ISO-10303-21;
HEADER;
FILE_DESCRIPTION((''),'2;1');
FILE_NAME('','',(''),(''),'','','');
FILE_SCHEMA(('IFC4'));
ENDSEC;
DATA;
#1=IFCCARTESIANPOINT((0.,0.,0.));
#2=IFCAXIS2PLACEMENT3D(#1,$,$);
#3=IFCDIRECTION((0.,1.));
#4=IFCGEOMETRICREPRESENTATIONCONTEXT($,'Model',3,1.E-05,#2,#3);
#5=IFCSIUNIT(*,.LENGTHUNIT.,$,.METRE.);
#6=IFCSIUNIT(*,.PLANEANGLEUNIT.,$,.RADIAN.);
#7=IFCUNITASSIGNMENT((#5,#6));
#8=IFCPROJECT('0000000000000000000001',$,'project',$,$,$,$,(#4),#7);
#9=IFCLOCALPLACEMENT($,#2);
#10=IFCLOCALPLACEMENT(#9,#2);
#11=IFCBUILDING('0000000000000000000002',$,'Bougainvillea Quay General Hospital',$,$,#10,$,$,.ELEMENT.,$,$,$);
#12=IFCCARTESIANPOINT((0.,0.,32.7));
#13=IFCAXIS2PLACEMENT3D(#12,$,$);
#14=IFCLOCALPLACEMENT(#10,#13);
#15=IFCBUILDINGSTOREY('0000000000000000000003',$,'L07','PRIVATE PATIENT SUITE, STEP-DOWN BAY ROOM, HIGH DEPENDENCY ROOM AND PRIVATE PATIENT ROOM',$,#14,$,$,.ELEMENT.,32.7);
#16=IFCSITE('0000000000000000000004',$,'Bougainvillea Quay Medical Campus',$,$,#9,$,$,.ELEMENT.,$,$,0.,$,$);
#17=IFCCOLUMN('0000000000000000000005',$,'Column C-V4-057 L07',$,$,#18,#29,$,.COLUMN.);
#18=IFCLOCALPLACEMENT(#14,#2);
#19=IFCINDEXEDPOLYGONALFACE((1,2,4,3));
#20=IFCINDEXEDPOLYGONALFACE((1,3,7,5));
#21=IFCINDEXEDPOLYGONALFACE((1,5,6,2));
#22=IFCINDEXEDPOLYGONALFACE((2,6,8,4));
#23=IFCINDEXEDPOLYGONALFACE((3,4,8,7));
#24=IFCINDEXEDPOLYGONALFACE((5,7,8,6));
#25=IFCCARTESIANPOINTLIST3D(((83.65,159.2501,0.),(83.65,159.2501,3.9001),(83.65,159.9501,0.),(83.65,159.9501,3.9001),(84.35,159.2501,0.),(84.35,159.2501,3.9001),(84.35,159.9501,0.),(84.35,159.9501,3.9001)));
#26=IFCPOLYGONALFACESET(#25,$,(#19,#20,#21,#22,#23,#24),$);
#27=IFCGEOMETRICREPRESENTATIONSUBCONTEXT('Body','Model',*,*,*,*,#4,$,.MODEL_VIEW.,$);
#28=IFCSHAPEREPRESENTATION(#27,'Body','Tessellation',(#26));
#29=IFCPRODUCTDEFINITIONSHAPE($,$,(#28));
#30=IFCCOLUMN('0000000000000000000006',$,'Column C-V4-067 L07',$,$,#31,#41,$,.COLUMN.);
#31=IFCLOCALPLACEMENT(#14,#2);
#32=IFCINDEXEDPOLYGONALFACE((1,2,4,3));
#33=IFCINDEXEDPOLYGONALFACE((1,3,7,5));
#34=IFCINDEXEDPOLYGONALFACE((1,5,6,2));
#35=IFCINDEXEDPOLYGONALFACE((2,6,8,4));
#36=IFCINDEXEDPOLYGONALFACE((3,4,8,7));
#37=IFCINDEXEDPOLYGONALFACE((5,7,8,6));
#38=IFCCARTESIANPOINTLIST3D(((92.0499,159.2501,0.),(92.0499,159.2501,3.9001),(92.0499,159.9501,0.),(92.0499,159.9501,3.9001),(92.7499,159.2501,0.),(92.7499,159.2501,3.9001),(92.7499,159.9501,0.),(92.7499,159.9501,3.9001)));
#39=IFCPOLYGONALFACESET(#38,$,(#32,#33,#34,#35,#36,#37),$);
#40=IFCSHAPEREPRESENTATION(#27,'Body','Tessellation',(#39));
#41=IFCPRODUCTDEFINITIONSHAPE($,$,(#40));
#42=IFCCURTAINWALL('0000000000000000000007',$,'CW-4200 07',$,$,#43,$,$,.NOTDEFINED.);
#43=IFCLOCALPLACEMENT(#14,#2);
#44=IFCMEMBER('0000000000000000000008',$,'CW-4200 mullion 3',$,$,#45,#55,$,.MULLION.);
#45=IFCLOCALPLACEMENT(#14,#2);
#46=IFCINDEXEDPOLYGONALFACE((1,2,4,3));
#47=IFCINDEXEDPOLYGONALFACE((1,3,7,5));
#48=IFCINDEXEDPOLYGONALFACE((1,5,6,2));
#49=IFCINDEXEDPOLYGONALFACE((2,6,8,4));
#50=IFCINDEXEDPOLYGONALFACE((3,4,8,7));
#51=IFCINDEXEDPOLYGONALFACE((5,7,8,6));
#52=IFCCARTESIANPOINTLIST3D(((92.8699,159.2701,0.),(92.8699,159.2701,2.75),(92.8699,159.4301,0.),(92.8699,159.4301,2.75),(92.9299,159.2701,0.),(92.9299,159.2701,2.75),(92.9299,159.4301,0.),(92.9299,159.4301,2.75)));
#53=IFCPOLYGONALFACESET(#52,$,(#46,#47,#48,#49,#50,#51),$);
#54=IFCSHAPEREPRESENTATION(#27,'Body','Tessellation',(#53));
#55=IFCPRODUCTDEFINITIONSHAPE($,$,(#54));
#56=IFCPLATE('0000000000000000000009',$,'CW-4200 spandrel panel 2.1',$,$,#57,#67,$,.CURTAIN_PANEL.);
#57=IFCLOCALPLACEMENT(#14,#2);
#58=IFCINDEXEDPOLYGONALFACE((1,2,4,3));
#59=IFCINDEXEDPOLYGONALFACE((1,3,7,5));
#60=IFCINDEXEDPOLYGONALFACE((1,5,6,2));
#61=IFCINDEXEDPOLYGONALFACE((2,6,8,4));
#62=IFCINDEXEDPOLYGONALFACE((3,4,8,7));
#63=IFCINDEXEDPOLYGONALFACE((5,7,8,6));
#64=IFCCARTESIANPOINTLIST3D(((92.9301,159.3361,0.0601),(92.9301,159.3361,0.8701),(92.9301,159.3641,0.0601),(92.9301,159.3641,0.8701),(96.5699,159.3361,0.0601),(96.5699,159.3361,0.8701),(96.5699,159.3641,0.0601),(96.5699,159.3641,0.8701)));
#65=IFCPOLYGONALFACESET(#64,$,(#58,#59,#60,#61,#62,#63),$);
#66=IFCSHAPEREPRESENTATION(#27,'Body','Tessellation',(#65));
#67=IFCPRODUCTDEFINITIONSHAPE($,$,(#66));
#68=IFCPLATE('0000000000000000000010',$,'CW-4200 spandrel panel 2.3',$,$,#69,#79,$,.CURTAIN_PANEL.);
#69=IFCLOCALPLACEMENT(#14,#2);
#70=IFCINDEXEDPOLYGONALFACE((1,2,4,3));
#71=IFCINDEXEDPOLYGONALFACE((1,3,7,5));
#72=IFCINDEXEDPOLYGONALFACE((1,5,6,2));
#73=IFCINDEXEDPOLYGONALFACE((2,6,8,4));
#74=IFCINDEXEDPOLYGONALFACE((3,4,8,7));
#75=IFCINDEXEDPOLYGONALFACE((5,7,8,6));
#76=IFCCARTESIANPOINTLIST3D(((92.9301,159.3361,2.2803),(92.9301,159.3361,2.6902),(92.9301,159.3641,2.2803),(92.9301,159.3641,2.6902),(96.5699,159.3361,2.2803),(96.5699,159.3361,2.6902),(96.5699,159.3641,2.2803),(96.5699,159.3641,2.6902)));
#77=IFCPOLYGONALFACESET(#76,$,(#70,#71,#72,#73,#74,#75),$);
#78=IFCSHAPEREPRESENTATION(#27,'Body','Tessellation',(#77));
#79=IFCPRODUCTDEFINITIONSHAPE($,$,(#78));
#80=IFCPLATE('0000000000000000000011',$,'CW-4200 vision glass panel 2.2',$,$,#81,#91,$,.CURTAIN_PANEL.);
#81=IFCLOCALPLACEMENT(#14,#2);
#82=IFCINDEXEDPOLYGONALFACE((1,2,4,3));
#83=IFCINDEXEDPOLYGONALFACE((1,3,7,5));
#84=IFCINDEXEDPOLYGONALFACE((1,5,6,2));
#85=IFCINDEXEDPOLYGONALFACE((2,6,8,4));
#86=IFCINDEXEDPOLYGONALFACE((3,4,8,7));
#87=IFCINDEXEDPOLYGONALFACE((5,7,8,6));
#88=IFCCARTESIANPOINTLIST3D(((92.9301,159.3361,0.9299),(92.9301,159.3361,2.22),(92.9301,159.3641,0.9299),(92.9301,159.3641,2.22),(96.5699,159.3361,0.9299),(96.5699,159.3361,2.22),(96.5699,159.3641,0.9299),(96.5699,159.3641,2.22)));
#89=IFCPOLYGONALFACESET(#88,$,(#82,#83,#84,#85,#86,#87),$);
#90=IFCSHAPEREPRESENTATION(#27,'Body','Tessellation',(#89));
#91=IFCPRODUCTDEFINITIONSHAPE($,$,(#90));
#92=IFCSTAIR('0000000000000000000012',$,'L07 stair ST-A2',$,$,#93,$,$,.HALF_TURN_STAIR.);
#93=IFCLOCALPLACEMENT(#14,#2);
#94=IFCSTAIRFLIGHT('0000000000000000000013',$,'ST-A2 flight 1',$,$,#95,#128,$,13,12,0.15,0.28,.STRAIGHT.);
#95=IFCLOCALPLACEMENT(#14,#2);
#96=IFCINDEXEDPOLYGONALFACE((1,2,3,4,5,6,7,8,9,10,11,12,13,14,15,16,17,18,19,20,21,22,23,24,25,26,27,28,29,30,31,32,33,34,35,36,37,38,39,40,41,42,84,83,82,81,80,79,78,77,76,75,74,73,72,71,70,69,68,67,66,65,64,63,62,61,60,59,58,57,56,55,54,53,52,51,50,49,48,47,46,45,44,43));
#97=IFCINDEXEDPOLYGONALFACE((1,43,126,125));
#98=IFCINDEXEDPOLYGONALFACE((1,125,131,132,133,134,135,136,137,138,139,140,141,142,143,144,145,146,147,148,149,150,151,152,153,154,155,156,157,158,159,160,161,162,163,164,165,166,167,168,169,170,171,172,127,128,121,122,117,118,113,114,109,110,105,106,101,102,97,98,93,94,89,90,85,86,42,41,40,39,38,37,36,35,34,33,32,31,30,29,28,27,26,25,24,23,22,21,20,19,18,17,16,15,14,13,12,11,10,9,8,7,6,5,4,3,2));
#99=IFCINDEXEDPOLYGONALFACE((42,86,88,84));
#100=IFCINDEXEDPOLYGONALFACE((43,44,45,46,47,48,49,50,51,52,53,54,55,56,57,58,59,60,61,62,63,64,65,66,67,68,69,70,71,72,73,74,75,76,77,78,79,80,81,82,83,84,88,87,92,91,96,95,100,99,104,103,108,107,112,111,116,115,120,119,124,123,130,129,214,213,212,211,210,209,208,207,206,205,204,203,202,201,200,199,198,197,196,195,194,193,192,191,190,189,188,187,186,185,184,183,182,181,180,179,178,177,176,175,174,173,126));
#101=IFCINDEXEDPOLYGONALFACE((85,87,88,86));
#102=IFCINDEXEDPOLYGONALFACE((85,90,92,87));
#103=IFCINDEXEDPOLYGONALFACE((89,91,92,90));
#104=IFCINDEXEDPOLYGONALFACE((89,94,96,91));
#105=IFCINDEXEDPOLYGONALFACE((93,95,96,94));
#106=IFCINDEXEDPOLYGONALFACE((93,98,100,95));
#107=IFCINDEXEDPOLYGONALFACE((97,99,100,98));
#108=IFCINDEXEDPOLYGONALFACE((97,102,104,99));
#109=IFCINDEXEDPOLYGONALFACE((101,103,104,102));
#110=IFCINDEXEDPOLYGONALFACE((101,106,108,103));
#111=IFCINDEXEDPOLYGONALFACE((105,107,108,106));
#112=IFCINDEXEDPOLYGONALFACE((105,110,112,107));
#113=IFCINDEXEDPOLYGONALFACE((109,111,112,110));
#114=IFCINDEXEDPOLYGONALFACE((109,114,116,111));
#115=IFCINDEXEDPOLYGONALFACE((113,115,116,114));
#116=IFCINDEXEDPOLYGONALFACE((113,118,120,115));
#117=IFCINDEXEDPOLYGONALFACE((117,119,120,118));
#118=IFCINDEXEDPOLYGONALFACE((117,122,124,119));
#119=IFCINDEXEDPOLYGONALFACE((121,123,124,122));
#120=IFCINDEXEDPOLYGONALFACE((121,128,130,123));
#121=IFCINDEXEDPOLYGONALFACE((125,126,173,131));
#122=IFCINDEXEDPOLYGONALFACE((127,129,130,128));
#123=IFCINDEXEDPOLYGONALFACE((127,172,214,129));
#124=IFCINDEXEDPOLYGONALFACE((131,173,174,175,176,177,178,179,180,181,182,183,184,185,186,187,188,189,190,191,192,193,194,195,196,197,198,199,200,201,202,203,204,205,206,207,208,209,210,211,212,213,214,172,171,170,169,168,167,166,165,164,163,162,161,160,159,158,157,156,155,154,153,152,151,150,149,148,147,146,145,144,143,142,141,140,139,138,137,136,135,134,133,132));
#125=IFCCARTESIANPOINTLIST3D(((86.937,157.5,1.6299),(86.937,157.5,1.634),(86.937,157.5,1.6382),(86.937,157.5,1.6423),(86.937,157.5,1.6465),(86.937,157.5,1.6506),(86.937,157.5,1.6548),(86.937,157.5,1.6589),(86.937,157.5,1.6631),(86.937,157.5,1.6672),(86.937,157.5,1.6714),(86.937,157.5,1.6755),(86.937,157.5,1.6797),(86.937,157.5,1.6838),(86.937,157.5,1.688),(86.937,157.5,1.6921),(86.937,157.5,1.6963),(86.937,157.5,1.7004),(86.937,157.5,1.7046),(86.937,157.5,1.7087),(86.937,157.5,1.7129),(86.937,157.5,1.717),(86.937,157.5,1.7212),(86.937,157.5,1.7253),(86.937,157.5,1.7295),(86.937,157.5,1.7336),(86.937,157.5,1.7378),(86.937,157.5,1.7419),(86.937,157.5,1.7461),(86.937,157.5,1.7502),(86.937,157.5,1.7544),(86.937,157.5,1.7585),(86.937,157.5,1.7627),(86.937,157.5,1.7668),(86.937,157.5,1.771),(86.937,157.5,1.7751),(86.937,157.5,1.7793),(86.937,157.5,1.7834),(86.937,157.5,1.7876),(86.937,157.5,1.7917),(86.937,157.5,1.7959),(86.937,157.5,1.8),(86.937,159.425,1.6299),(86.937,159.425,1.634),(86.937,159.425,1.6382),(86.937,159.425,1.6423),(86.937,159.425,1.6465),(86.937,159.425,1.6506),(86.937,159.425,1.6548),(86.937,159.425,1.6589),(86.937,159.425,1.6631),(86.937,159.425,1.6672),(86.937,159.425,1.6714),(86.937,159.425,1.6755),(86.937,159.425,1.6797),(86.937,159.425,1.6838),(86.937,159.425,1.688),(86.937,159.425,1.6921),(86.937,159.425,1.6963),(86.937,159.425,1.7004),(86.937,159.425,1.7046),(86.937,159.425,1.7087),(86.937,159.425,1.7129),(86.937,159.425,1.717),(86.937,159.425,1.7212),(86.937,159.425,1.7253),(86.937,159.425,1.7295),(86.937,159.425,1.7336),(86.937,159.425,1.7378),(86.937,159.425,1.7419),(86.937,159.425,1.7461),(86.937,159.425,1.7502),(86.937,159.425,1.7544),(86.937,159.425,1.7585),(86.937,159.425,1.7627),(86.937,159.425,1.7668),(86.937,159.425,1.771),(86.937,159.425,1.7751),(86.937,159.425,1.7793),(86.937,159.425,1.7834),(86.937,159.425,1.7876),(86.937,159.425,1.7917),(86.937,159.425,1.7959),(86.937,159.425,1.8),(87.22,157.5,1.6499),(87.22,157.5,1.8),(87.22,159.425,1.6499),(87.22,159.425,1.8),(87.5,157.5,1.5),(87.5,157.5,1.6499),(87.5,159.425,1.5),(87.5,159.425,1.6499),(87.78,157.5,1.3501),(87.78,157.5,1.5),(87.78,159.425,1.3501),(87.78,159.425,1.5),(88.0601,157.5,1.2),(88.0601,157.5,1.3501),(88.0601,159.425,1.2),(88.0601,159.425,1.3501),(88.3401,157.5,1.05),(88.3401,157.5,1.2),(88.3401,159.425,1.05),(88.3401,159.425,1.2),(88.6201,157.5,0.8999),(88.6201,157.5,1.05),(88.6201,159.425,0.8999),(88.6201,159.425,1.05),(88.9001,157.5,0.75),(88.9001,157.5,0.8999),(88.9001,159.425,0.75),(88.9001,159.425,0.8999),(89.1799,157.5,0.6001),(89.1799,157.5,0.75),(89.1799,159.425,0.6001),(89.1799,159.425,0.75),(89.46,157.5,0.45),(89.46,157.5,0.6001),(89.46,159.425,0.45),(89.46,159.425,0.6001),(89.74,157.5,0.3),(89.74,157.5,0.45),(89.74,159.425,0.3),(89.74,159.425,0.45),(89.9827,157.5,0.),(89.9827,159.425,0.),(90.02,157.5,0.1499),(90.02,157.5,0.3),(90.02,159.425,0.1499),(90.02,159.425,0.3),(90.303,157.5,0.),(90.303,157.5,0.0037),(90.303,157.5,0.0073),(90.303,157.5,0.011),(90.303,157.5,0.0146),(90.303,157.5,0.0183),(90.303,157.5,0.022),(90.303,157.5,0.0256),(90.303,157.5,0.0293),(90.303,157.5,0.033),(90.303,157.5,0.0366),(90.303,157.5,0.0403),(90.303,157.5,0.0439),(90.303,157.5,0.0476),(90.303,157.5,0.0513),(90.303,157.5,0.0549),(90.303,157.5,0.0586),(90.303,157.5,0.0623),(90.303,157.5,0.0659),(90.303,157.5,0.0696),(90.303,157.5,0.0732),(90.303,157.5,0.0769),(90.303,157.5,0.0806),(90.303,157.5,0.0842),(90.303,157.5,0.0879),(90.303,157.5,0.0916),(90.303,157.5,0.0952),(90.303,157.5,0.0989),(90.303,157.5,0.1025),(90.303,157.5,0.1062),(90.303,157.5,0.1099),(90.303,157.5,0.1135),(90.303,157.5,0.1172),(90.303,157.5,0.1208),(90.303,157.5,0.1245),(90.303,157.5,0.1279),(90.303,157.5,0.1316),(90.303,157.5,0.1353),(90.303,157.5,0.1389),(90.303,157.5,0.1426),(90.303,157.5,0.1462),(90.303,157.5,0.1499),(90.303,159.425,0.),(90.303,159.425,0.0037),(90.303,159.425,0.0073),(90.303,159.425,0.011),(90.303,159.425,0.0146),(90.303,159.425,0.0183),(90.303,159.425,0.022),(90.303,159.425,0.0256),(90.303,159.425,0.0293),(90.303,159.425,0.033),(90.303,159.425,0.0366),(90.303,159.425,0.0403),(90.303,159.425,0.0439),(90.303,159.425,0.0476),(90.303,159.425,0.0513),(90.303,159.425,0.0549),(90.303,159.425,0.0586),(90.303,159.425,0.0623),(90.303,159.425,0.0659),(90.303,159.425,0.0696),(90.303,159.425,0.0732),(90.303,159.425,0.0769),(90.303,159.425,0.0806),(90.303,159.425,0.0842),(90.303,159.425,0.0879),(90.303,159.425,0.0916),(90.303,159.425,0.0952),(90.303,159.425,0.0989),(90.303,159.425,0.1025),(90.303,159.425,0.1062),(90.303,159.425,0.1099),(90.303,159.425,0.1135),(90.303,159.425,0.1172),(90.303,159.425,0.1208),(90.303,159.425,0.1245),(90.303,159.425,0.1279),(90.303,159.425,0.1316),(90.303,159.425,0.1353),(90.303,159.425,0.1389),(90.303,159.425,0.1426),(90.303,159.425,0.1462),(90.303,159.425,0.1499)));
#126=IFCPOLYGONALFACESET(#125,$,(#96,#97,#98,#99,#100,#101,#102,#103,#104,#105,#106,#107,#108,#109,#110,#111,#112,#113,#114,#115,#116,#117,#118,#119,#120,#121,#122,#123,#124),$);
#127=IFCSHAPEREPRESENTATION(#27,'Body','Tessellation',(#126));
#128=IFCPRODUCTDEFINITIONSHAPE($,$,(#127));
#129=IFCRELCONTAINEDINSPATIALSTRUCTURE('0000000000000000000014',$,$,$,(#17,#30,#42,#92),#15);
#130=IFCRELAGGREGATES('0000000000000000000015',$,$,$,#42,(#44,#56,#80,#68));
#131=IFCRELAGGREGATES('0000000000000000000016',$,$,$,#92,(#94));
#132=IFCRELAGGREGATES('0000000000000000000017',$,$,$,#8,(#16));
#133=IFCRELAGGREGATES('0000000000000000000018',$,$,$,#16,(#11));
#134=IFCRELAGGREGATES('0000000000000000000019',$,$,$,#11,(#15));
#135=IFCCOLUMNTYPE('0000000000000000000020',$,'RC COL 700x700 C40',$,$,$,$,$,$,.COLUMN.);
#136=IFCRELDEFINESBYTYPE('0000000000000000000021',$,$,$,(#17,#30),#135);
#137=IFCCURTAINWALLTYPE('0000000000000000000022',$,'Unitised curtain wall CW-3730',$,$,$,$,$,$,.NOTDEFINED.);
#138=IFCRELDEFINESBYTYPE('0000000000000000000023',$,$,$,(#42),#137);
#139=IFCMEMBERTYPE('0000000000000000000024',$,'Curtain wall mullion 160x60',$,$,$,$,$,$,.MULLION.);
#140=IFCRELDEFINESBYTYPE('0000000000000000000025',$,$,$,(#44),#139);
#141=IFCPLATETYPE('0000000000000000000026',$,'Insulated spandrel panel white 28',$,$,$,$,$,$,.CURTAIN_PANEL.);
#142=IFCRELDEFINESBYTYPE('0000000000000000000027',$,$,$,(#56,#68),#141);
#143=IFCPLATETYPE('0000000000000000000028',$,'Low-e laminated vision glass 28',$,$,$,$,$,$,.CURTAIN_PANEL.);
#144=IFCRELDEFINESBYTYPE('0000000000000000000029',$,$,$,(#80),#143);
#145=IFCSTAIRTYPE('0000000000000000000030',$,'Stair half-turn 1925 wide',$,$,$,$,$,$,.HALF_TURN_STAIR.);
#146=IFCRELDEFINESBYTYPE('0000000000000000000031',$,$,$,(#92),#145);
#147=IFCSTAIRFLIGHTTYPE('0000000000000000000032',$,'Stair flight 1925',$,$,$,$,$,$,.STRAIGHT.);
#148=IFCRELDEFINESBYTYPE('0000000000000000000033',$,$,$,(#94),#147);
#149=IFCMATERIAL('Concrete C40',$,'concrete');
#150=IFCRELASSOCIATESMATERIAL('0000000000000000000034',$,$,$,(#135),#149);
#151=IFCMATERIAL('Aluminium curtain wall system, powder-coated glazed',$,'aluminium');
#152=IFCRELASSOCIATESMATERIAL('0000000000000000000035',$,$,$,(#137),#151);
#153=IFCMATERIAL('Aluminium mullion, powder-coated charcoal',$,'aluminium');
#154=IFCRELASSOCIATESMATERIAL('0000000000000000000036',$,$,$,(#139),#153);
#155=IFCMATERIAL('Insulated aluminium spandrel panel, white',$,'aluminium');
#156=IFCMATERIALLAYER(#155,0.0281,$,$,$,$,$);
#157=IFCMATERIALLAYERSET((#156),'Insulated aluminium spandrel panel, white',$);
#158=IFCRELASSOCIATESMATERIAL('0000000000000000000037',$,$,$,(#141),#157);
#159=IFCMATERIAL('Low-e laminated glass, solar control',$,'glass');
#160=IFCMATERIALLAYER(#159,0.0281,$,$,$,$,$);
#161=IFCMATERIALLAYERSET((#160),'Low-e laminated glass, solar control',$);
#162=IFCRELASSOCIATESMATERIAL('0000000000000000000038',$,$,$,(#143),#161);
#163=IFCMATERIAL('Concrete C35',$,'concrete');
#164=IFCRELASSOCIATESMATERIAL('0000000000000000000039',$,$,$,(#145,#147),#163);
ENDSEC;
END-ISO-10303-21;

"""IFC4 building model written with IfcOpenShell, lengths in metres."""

from ifc_helpers import new_model, si_unit, direction, frame, origin, origin_2d, place, context, subcontext, project, spatial, polyline, rectangle, outline, extrude, material, layer, layer_set, material_profile, profile_set, type_object, element, aggregate, save


model = new_model("IFC4")

# Units and contexts
model_context = context("Model", 3, precision=1e-05, world=origin(), true_north=direction((0.0, 1.0)))
body_context = subcontext(model_context, "Body", "Model", "MODEL_VIEW")
ifc_project = project(units=[si_unit("LENGTHUNIT", "METRE"), si_unit("PLANEANGLEUNIT", "RADIAN")], contexts=[model_context])

# Site, building, storey
site_placement = place(None, origin())
site = spatial("IfcSite", under=ifc_project, at=site_placement, Name="Bougainvillea Quay Medical Campus", CompositionType="ELEMENT", RefElevation=0.0)
building_placement = place(site_placement, origin())
building = spatial("IfcBuilding", under=site, at=building_placement, Name="Bougainvillea Quay General Hospital", CompositionType="ELEMENT")
storey_placement = place(building_placement, frame((0.0, 0.0, 32.7)))
storey = spatial("IfcBuildingStorey", under=building, at=storey_placement, Name="L07", Description="PRIVATE PATIENT SUITE, STEP-DOWN BAY ROOM, HIGH DEPENDENCY ROOM AND PRIVATE PATIENT ROOM", CompositionType="ELEMENT", Elevation=32.7)

# Columns
ifc_material_1 = material(Name="Concrete C40", Category="concrete")
ifc_material_profile_1 = material_profile(ifc_material_1, rectangle(XDim=0.7, YDim=0.7, at=origin_2d()))
ifc_profile_set_1 = profile_set([ifc_material_profile_1], Name="Concrete C40")
column_type = type_object("IfcColumnType", Name="RC COL 700x700 C40", PredefinedType="COLUMN", material=ifc_profile_set_1)
for number, where, z_axis, x_axis, name in (
    (1, (84.0, 159.6001, 0.0), (0.0, 0.0, 1.0), (1.0, 0.0, 0.0), "Column C-V4-057 L07"),
    (2, (92.3999, 159.6001, 0.0), (0.0, 0.0, 1.0), (1.0, 0.0, 0.0), "Column C-V4-067 L07"),
):
    element("IfcColumn", number, at=place(storey_placement, frame(where, z_axis=z_axis, x_axis=x_axis)), inside=storey, type_object=column_type, Name=name, PredefinedType="COLUMN", context=body_context, shape_type="SweptSolid", body=[
        extrude(rectangle(XDim=0.7, YDim=0.7, at=origin_2d()), origin(), (0.0, 0.0, 1.0), 3.9001),
    ])

# Curtain wall, member, plates
ifc_material_2 = material(Name="Aluminium curtain wall system, powder-coated glazed", Category="aluminium")
curtain_wall_type = type_object("IfcCurtainWallType", Name="Unitised curtain wall CW-3730", PredefinedType="NOTDEFINED", material=ifc_material_2)
curtain_wall_placement = place(storey_placement, origin())
curtain_wall = element("IfcCurtainWall", 3, at=curtain_wall_placement, inside=storey, type_object=curtain_wall_type, Name="CW-4200 07", PredefinedType="NOTDEFINED")
ifc_material_3 = material(Name="Aluminium mullion, powder-coated charcoal", Category="aluminium")
ifc_material_profile_2 = material_profile(ifc_material_3, rectangle(XDim=0.1599, YDim=0.0601, at=origin_2d()))
ifc_profile_set_2 = profile_set([ifc_material_profile_2], Name="Aluminium mullion, powder-coated charcoal")
member_type = type_object("IfcMemberType", Name="Curtain wall mullion 160x60", PredefinedType="MULLION", material=ifc_profile_set_2)
member_placement = place(storey_placement, frame((92.8999, 159.3501, 0.0), z_axis=(0.0, 0.0, 1.0), x_axis=(0.0, -1.0, 0.0)))
member = element("IfcMember", 4, at=member_placement, type_object=member_type, Name="CW-4200 mullion 3", PredefinedType="MULLION", context=body_context, shape_type="SweptSolid", body=[
    extrude(rectangle(XDim=0.1599, YDim=0.0601, at=origin_2d()), origin(), (0.0, 0.0, 1.0), 2.75),
])
ifc_material_4 = material(Name="Insulated aluminium spandrel panel, white", Category="aluminium")
ifc_layer_1 = layer(ifc_material_4, 0.0281)
ifc_layer_set_1 = layer_set([ifc_layer_1], Name="Insulated aluminium spandrel panel, white")
plate_type_1 = type_object("IfcPlateType", Name="Insulated spandrel panel white 28", PredefinedType="CURTAIN_PANEL", material=ifc_layer_set_1)
plate_1_placement = place(storey_placement, frame((94.75, 159.3501, 0.0601), z_axis=(0.0, 0.0, 1.0), x_axis=(-1.0, 0.0, 0.0)))
plate_1 = element("IfcPlate", 5, at=plate_1_placement, type_object=plate_type_1, Name="CW-4200 spandrel panel 2.1", PredefinedType="CURTAIN_PANEL", context=body_context, shape_type="SweptSolid", body=[
    extrude(rectangle(XDim=3.6399, YDim=0.0281, at=origin_2d()), origin(), (0.0, 0.0, 1.0), 0.8101),
])
plate_2_placement = place(storey_placement, frame((94.75, 159.3501, 2.2803), z_axis=(0.0, 0.0, 1.0), x_axis=(-1.0, 0.0, 0.0)))
plate_2 = element("IfcPlate", 6, at=plate_2_placement, type_object=plate_type_1, Name="CW-4200 spandrel panel 2.3", PredefinedType="CURTAIN_PANEL", context=body_context, shape_type="SweptSolid", body=[
    extrude(rectangle(XDim=3.6399, YDim=0.0281, at=origin_2d()), origin(), (0.0, 0.0, 1.0), 0.4099),
])
ifc_material_5 = material(Name="Low-e laminated glass, solar control", Category="glass")
ifc_layer_2 = layer(ifc_material_5, 0.0281)
ifc_layer_set_2 = layer_set([ifc_layer_2], Name="Low-e laminated glass, solar control")
plate_type_2 = type_object("IfcPlateType", Name="Low-e laminated vision glass 28", PredefinedType="CURTAIN_PANEL", material=ifc_layer_set_2)
plate_3_placement = place(storey_placement, frame((94.75, 159.3501, 0.9299), z_axis=(0.0, 0.0, 1.0), x_axis=(-1.0, 0.0, 0.0)))
plate_3 = element("IfcPlate", 7, at=plate_3_placement, type_object=plate_type_2, Name="CW-4200 vision glass panel 2.2", PredefinedType="CURTAIN_PANEL", context=body_context, shape_type="SweptSolid", body=[
    extrude(rectangle(XDim=3.6399, YDim=0.0281, at=origin_2d()), origin(), (0.0, 0.0, 1.0), 1.29),
])
aggregate(curtain_wall, [member, plate_1, plate_3, plate_2])

# Stair, stair flight
ifc_material_6 = material(Name="Concrete C35", Category="concrete")
stair_type = type_object("IfcStairType", Name="Stair half-turn 1925 wide", PredefinedType="HALF_TURN_STAIR", material=ifc_material_6)
stair_placement = place(storey_placement, origin())
stair = element("IfcStair", 8, at=stair_placement, inside=storey, type_object=stair_type, Name="L07 stair ST-A2", PredefinedType="HALF_TURN_STAIR")
stair_flight_type = type_object("IfcStairFlightType", Name="Stair flight 1925", PredefinedType="STRAIGHT", material=ifc_material_6)
stair_flight_placement = place(storey_placement, frame((90.3, 158.4624, 0.0), z_axis=(0.0, 0.0, 1.0), x_axis=(-1.0, 0.0, 0.0)))
stair_flight = element("IfcStairFlight", 9, at=stair_flight_placement, type_object=stair_flight_type, Name="ST-A2 flight 1", NumberOfRisers=13, NumberOfTreads=12, PredefinedType="STRAIGHT", RiserHeight=0.15, TreadLength=0.28, context=body_context, shape_type="SweptSolid", body=[
    extrude(outline(polyline([(-0.0029, 0.0), (-0.0029, 0.0037), (-0.0029, 0.0073), (-0.0029, 0.011), (-0.0029, 0.0146), (-0.0029, 0.0183), (-0.0029, 0.022), (-0.0029, 0.0256), (-0.0029, 0.0293), (-0.0029, 0.033), (-0.0029, 0.0366), (-0.0029, 0.0403), (-0.0029, 0.0439), (-0.0029, 0.0476), (-0.0029, 0.0513), (-0.0029, 0.0549), (-0.0029, 0.0586), (-0.0029, 0.0623), (-0.0029, 0.0659), (-0.0029, 0.0696), (-0.0029, 0.0732), (-0.0029, 0.0769), (-0.0029, 0.0806), (-0.0029, 0.0842), (-0.0029, 0.0879), (-0.0029, 0.0916), (-0.0029, 0.0952), (-0.0029, 0.0989), (-0.0029, 0.1025), (-0.0029, 0.1062), (-0.0029, 0.1099), (-0.0029, 0.1135), (-0.0029, 0.1172), (-0.0029, 0.1208), (-0.0029, 0.1245), (-0.0029, 0.1279), (-0.0029, 0.1316), (-0.0029, 0.1353), (-0.0029, 0.1389), (-0.0029, 0.1426), (-0.0029, 0.1462), (-0.0029, 0.1499), (0.28, 0.1499), (0.28, 0.3), (0.5601, 0.3), (0.5601, 0.45), (0.8401, 0.45), (0.8401, 0.6001), (1.1201, 0.6001), (1.1201, 0.75), (1.3999, 0.75), (1.3999, 0.8999), (1.6799, 0.8999), (1.6799, 1.05), (1.96, 1.05), (1.96, 1.2), (2.24, 1.2), (2.24, 1.3501), (2.52, 1.3501), (2.52, 1.5), (2.8, 1.5), (2.8, 1.6499), (3.0801, 1.6499), (3.0801, 1.8), (3.363, 1.8), (3.363, 1.7959), (3.363, 1.7917), (3.363, 1.7876), (3.363, 1.7834), (3.363, 1.7793), (3.363, 1.7751), (3.363, 1.771), (3.363, 1.7668), (3.363, 1.7627), (3.363, 1.7585), (3.363, 1.7544), (3.363, 1.7502), (3.363, 1.7461), (3.363, 1.7419), (3.363, 1.7378), (3.363, 1.7336), (3.363, 1.7295), (3.363, 1.7253), (3.363, 1.7212), (3.363, 1.717), (3.363, 1.7129), (3.363, 1.7087), (3.363, 1.7046), (3.363, 1.7004), (3.363, 1.6963), (3.363, 1.6921), (3.363, 1.688), (3.363, 1.6838), (3.363, 1.6797), (3.363, 1.6755), (3.363, 1.6714), (3.363, 1.6672), (3.363, 1.6631), (3.363, 1.6589), (3.363, 1.6548), (3.363, 1.6506), (3.363, 1.6465), (3.363, 1.6423), (3.363, 1.6382), (3.363, 1.634), (3.363, 1.6299), (0.3174, 0.0), (-0.0029, 0.0)])), frame((0.0, 0.9624, 0.0), z_axis=(0.0, -1.0, 0.0), x_axis=(1.0, 0.0, 0.0)), (0.0, 0.0, 1.0), 1.925),
])
aggregate(stair, [stair_flight])

save(model, "model.ifc")
